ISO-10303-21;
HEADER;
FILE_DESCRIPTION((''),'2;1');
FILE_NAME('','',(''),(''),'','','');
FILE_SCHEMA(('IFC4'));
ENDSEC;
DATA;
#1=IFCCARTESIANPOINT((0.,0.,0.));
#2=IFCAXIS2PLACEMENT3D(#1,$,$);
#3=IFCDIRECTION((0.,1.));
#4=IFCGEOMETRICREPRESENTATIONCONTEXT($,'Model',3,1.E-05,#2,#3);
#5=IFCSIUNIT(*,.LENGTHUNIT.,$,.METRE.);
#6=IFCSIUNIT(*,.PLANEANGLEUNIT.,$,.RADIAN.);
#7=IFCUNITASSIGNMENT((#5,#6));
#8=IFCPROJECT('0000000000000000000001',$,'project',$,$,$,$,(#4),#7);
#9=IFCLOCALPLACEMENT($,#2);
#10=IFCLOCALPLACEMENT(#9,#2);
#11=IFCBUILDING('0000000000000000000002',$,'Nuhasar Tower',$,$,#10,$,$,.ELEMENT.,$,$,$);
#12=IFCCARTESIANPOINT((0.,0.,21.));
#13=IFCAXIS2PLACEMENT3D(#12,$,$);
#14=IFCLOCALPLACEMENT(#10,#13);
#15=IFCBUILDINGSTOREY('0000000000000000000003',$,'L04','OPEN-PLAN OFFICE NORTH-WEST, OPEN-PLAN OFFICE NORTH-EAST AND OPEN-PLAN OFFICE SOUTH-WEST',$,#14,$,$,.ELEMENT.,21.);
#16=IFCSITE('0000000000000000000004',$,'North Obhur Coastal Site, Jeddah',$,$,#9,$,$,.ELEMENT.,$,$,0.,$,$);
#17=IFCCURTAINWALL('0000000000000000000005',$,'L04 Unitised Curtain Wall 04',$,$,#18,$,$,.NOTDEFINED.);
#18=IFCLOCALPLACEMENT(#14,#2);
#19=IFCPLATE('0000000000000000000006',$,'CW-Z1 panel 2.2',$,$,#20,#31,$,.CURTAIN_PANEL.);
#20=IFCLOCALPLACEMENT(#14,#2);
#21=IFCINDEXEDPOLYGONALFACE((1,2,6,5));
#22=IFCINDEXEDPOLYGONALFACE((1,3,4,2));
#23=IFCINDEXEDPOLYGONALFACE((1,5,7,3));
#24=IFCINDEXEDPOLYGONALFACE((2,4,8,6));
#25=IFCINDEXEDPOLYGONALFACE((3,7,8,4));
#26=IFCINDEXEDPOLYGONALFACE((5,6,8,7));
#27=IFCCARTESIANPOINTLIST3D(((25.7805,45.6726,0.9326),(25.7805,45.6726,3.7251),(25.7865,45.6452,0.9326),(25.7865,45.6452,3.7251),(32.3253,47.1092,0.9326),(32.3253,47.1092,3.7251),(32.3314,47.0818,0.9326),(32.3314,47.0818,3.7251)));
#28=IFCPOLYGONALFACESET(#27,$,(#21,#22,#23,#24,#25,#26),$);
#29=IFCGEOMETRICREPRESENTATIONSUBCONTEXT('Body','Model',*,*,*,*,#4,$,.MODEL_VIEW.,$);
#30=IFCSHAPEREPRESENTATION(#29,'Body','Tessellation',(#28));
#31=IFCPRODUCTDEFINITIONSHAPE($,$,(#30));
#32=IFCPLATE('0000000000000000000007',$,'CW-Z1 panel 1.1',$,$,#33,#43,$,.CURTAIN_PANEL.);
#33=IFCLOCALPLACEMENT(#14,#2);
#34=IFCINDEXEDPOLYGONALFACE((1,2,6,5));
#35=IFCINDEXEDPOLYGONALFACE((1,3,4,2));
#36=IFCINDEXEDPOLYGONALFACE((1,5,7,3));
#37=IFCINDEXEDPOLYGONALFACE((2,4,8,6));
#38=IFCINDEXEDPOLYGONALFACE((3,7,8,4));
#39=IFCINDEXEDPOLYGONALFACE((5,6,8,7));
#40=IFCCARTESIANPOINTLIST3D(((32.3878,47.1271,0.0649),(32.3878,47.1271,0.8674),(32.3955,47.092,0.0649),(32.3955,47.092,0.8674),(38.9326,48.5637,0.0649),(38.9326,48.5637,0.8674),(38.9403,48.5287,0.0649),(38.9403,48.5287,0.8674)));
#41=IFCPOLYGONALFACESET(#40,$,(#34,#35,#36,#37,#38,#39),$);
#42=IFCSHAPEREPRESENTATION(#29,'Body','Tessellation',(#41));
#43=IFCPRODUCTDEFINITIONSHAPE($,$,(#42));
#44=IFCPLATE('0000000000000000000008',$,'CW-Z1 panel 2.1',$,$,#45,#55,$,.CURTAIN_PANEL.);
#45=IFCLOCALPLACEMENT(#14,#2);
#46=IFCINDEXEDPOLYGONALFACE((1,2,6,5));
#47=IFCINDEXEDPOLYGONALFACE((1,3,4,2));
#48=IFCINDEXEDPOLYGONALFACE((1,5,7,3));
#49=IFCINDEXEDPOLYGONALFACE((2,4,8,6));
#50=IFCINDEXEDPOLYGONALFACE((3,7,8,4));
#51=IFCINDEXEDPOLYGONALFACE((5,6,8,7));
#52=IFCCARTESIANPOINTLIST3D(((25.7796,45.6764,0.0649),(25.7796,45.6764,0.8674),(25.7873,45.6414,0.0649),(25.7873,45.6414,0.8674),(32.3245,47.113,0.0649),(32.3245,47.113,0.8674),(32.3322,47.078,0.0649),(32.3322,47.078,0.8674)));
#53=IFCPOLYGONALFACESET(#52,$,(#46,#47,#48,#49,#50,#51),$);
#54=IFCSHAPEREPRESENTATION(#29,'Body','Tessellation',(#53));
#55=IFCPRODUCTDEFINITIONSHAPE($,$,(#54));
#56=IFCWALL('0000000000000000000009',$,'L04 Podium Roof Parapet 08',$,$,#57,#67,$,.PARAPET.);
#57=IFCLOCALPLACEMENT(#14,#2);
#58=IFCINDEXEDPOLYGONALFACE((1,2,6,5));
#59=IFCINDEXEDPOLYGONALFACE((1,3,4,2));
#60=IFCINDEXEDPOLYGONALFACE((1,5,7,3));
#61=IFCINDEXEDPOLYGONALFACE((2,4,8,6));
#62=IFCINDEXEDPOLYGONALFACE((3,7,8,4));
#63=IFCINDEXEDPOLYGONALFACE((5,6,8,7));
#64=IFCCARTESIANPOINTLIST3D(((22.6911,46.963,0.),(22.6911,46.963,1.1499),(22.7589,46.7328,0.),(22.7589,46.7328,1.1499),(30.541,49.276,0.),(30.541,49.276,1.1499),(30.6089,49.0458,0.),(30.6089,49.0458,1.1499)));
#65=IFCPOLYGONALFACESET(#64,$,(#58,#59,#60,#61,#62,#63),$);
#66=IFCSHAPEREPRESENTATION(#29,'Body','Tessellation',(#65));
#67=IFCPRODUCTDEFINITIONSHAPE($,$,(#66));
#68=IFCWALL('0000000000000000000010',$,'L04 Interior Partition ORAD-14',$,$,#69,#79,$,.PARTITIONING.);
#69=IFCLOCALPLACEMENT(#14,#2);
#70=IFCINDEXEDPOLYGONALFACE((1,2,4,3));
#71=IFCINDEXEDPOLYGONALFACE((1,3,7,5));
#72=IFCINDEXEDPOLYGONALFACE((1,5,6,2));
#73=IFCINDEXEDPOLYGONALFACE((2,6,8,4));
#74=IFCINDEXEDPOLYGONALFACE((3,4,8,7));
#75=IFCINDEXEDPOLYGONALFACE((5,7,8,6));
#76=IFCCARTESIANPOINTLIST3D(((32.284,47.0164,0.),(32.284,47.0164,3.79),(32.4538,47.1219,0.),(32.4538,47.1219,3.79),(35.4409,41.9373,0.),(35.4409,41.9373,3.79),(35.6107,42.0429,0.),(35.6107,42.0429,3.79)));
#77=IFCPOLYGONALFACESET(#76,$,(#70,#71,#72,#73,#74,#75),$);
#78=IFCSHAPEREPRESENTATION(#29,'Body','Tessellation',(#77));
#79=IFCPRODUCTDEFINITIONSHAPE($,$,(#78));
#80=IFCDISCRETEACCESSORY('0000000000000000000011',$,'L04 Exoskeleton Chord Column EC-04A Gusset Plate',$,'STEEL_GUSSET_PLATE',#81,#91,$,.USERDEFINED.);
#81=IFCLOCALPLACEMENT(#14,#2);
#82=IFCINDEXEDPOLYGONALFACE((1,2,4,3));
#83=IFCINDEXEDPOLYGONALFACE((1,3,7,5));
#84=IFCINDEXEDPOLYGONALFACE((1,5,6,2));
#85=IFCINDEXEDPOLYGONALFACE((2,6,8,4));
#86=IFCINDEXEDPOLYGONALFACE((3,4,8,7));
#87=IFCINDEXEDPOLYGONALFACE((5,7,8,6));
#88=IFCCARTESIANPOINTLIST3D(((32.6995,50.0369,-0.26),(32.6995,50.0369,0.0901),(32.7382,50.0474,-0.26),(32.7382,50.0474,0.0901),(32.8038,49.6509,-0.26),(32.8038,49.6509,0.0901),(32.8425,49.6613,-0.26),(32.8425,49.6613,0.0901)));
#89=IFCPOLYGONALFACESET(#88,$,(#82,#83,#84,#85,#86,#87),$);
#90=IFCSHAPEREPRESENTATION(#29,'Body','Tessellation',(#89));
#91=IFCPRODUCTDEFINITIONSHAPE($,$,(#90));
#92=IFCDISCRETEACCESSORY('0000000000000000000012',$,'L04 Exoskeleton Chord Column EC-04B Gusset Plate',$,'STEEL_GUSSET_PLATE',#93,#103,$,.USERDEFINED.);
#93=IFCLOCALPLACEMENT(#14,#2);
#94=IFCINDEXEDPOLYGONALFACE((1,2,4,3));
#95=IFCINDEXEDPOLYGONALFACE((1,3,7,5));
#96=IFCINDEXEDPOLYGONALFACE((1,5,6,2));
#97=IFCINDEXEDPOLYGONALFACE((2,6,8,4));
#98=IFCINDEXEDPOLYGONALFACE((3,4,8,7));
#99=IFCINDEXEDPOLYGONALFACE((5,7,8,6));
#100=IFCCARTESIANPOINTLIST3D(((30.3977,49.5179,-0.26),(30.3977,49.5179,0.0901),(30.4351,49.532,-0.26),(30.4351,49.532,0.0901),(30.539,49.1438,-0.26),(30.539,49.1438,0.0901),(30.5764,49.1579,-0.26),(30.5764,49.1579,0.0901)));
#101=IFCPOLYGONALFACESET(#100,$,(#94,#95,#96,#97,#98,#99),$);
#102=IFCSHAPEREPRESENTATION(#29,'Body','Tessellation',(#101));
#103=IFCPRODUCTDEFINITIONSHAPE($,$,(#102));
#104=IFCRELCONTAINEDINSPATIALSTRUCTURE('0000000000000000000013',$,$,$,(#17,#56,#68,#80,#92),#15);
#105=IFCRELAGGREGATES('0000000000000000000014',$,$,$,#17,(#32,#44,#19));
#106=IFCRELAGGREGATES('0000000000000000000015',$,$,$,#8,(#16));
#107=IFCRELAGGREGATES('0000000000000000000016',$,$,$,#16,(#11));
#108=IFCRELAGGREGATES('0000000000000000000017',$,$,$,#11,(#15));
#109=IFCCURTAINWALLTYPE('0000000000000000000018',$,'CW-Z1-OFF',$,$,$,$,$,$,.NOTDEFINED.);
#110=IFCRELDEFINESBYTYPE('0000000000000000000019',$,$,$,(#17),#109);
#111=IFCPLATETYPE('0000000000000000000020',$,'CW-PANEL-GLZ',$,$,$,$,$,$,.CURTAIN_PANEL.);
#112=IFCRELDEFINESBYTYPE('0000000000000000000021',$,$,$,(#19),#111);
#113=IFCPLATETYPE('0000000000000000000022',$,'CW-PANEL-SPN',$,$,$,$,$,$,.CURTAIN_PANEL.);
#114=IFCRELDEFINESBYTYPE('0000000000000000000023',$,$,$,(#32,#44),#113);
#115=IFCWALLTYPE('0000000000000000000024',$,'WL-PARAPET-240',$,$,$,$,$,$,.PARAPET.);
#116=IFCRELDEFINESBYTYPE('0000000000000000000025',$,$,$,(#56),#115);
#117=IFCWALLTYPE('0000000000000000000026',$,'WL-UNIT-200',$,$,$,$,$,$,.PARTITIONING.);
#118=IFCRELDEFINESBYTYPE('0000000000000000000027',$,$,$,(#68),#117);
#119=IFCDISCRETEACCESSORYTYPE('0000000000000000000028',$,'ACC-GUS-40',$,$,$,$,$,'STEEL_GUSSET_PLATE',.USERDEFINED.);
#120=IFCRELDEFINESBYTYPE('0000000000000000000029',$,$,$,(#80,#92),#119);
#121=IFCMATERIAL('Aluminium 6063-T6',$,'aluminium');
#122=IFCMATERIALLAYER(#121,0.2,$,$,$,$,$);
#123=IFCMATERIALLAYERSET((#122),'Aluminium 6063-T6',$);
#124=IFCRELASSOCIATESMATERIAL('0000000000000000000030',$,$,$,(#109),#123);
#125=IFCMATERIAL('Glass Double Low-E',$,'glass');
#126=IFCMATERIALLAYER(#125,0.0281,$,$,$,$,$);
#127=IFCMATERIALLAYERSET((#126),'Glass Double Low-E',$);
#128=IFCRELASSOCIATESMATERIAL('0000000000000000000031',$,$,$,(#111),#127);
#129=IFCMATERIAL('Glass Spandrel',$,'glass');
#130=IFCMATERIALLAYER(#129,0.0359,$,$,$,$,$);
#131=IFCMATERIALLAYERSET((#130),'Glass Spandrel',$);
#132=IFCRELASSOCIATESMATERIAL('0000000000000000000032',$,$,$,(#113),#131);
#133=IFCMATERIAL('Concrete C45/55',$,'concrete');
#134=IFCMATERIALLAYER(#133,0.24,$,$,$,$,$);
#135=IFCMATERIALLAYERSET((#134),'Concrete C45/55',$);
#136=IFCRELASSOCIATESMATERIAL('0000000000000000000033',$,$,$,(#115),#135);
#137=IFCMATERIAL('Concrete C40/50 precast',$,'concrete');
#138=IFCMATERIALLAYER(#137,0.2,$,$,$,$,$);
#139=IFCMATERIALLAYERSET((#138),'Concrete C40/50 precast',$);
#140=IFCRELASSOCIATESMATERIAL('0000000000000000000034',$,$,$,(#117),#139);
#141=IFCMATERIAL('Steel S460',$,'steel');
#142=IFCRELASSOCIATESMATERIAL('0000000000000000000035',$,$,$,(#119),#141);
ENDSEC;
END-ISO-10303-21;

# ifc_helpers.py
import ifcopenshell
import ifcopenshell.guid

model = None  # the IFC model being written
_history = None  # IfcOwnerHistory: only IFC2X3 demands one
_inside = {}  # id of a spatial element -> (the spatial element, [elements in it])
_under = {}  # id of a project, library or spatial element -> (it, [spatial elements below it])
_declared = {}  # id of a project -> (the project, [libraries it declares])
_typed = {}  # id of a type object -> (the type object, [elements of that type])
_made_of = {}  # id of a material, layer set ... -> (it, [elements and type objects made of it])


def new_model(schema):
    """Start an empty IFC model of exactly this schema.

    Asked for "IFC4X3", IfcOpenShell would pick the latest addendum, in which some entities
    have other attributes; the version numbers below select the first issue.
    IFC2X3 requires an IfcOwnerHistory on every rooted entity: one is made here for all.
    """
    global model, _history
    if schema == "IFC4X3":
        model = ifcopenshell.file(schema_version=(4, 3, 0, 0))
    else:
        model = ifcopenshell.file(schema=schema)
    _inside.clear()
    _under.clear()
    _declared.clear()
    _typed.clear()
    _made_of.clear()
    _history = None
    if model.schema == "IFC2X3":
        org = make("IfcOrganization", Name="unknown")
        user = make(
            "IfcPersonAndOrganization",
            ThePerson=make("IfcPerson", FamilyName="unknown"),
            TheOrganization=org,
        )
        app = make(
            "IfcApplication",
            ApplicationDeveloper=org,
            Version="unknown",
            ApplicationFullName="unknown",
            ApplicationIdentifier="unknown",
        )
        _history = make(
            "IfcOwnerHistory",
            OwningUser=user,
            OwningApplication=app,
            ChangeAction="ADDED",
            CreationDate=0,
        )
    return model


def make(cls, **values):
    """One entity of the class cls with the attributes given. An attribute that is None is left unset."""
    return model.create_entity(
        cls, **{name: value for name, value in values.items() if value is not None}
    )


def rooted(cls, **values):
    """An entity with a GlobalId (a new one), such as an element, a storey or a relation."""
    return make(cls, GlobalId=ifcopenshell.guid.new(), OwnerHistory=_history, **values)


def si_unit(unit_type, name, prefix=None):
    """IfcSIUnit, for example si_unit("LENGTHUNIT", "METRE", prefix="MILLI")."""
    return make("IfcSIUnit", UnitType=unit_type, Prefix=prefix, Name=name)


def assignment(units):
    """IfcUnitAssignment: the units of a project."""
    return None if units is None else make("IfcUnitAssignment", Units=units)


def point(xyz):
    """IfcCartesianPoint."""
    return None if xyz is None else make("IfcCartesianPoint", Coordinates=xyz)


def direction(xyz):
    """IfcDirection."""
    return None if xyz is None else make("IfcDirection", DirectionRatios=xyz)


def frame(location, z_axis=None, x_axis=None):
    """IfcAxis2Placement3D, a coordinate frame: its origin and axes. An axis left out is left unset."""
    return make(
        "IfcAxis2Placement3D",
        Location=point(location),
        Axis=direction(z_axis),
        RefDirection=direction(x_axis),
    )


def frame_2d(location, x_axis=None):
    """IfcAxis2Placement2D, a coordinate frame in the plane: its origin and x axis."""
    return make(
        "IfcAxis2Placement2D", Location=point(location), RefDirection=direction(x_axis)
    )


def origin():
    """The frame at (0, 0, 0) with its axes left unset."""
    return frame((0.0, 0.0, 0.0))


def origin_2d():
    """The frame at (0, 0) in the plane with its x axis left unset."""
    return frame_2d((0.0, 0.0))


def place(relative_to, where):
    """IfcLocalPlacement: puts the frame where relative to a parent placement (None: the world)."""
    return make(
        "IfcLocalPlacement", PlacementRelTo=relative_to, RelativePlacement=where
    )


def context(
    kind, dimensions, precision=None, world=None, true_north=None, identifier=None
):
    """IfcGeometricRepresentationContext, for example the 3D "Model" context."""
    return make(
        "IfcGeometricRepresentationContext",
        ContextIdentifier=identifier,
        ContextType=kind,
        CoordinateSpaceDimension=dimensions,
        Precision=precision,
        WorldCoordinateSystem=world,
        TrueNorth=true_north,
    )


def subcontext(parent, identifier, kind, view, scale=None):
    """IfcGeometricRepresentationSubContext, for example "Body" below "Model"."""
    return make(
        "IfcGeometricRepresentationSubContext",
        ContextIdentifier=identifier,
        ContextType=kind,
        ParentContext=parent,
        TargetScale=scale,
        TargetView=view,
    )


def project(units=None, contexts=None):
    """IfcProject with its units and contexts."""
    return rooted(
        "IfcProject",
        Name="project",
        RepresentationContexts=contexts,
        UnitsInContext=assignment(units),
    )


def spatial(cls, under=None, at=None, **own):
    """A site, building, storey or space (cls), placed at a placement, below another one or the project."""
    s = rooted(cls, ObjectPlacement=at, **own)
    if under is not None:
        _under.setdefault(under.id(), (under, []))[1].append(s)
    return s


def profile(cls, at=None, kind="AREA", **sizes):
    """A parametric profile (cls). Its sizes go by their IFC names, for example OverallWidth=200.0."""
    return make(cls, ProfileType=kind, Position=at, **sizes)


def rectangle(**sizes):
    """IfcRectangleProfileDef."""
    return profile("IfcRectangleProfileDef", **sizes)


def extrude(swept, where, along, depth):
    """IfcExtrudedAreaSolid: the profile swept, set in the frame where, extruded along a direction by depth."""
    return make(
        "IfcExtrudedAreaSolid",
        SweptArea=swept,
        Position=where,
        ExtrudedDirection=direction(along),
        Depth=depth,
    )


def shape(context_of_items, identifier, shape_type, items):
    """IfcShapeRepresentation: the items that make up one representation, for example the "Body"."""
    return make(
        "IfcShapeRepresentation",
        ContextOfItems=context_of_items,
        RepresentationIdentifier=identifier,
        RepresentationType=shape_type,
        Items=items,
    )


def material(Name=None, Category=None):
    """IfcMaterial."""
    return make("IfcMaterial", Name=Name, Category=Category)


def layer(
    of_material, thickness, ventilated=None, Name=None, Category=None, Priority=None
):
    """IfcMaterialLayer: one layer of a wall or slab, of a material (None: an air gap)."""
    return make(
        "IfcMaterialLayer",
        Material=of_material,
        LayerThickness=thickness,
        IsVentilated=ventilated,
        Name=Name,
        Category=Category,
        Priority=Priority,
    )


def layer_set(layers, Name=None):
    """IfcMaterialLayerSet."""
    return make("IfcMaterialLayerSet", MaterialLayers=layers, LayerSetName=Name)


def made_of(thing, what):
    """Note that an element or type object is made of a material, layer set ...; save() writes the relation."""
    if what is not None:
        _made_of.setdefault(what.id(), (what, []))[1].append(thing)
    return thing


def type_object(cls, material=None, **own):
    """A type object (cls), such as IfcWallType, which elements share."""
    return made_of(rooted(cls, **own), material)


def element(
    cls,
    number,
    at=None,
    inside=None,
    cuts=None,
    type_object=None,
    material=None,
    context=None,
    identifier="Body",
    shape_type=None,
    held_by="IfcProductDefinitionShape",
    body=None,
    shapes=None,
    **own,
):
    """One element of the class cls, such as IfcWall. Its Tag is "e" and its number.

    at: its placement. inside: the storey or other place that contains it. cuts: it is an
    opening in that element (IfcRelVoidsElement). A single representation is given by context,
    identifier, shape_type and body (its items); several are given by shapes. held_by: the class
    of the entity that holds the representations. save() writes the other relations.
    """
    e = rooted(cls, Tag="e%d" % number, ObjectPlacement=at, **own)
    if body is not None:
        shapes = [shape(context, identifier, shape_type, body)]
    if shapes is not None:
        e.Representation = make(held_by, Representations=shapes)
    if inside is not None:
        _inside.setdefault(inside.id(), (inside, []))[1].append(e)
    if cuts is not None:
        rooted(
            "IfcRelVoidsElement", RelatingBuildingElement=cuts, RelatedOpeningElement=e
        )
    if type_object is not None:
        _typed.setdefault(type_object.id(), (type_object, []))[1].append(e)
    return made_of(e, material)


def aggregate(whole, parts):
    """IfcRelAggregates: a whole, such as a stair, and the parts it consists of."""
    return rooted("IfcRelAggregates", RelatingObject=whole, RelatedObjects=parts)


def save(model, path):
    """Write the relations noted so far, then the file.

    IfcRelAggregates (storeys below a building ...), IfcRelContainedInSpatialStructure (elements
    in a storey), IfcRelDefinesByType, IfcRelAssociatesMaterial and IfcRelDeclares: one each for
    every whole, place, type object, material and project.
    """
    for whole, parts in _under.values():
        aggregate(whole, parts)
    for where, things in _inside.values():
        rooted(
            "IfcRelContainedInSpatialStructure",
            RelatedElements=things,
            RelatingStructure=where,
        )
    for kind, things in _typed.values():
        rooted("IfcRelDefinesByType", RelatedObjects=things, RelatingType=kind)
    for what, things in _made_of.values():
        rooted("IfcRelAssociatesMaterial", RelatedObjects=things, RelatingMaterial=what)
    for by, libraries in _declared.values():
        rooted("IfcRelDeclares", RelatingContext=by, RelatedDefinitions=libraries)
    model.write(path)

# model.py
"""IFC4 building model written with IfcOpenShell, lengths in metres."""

from ifc_helpers import new_model, si_unit, direction, frame, frame_2d, origin, origin_2d, place, context, subcontext, project, spatial, rectangle, extrude, material, layer, layer_set, type_object, element, aggregate, save


model = new_model("IFC4")

# Units and contexts
model_context = context("Model", 3, precision=1e-05, world=origin(), true_north=direction((0.0, 1.0)))
body_context = subcontext(model_context, "Body", "Model", "MODEL_VIEW")
ifc_project = project(units=[si_unit("LENGTHUNIT", "METRE"), si_unit("PLANEANGLEUNIT", "RADIAN")], contexts=[model_context])

# Site, building, storey
site_placement = place(None, origin())
site = spatial("IfcSite", under=ifc_project, at=site_placement, Name="North Obhur Coastal Site, Jeddah", CompositionType="ELEMENT", RefElevation=0.0)
building_placement = place(site_placement, origin())
building = spatial("IfcBuilding", under=site, at=building_placement, Name="Nuhasar Tower", CompositionType="ELEMENT")
storey_placement = place(building_placement, frame((0.0, 0.0, 21.0)))
storey = spatial("IfcBuildingStorey", under=building, at=storey_placement, Name="L04", Description="OPEN-PLAN OFFICE NORTH-WEST, OPEN-PLAN OFFICE NORTH-EAST AND OPEN-PLAN OFFICE SOUTH-WEST", CompositionType="ELEMENT", Elevation=21.0)

# Shared definitions
ifc_material_1 = material(Name="Steel S460", Category="steel")

# Curtain wall
ifc_material_2 = material(Name="Aluminium 6063-T6", Category="aluminium")
ifc_layer_1 = layer(ifc_material_2, 0.2)
ifc_layer_set_1 = layer_set([ifc_layer_1], Name="Aluminium 6063-T6")
curtain_wall_type = type_object("IfcCurtainWallType", Name="CW-Z1-OFF", PredefinedType="NOTDEFINED", material=ifc_layer_set_1)
curtain_wall_placement = place(storey_placement, origin())
curtain_wall = element("IfcCurtainWall", 1, at=curtain_wall_placement, inside=storey, type_object=curtain_wall_type, Name="L04 Unitised Curtain Wall 04", PredefinedType="NOTDEFINED")

# Plates
ifc_material_3 = material(Name="Glass Double Low-E", Category="glass")
ifc_layer_2 = layer(ifc_material_3, 0.0281)
ifc_layer_set_2 = layer_set([ifc_layer_2], Name="Glass Double Low-E")
plate_type_1 = type_object("IfcPlateType", Name="CW-PANEL-GLZ", PredefinedType="CURTAIN_PANEL", material=ifc_layer_set_2)
plate_1_placement = place(storey_placement, frame((29.0559, 46.3772, 0.9326), z_axis=(0.0, 0.0, 1.0), x_axis=(-0.976746, -0.214399, 0.0)))
plate_1 = element("IfcPlate", 2, at=plate_1_placement, type_object=plate_type_1, Name="CW-Z1 panel 2.2", PredefinedType="CURTAIN_PANEL", context=body_context, shape_type="SweptSolid", body=[
    extrude(rectangle(XDim=6.7007, YDim=0.0281, at=origin_2d()), origin(), (0.0, 0.0, 1.0), 2.7925),
])
ifc_material_4 = material(Name="Glass Spandrel", Category="glass")
ifc_layer_3 = layer(ifc_material_4, 0.0359)
ifc_layer_set_3 = layer_set([ifc_layer_3], Name="Glass Spandrel")
plate_type_2 = type_object("IfcPlateType", Name="CW-PANEL-SPN", PredefinedType="CURTAIN_PANEL", material=ifc_layer_set_3)
plate_2_placement = place(storey_placement, frame((35.6641, 47.8279, 0.0649), z_axis=(0.0, 0.0, 1.0), x_axis=(-0.976746, -0.214399, 0.0)))
plate_2 = element("IfcPlate", 3, at=plate_2_placement, type_object=plate_type_2, Name="CW-Z1 panel 1.1", PredefinedType="CURTAIN_PANEL", context=body_context, shape_type="SweptSolid", body=[
    extrude(rectangle(XDim=6.7007, YDim=0.0359, at=origin_2d()), origin(), (0.0, 0.0, 1.0), 0.8025),
])
plate_3_placement = place(storey_placement, frame((29.0559, 46.3772, 0.0649), z_axis=(0.0, 0.0, 1.0), x_axis=(-0.976746, -0.214399, 0.0)))
plate_3 = element("IfcPlate", 4, at=plate_3_placement, type_object=plate_type_2, Name="CW-Z1 panel 2.1", PredefinedType="CURTAIN_PANEL", context=body_context, shape_type="SweptSolid", body=[
    extrude(rectangle(XDim=6.7007, YDim=0.0359, at=origin_2d()), origin(), (0.0, 0.0, 1.0), 0.8025),
])
aggregate(curtain_wall, [plate_2, plate_3, plate_1])

# Walls
ifc_material_5 = material(Name="Concrete C45/55", Category="concrete")
ifc_layer_4 = layer(ifc_material_5, 0.24)
ifc_layer_set_4 = layer_set([ifc_layer_4], Name="Concrete C45/55")
wall_type_1 = type_object("IfcWallType", Name="WL-PARAPET-240", PredefinedType="PARAPET", material=ifc_layer_set_4)
wall_1_placement = place(storey_placement, frame((30.575, 49.1609, 0.0), z_axis=(0.0, 0.0, 1.0), x_axis=(-0.959226, -0.28264, 0.0)))
element("IfcWall", 5, at=wall_1_placement, inside=storey, type_object=wall_type_1, Name="L04 Podium Roof Parapet 08", PredefinedType="PARAPET", context=body_context, shape_type="SweptSolid", body=[
    extrude(rectangle(XDim=8.1836, YDim=0.24, at=frame_2d((4.0918, 0.0))), origin(), (0.0, 0.0, 1.0), 1.1499),
])
ifc_material_6 = material(Name="Concrete C40/50 precast", Category="concrete")
ifc_layer_5 = layer(ifc_material_6, 0.2)
ifc_layer_set_5 = layer_set([ifc_layer_5], Name="Concrete C40/50 precast")
wall_type_2 = type_object("IfcWallType", Name="WL-UNIT-200", PredefinedType="PARTITIONING", material=ifc_layer_set_5)
wall_2_placement = place(storey_placement, frame((35.5259, 41.99, 0.0), z_axis=(0.0, 0.0, 1.0), x_axis=(-0.527898, 0.849308, 0.0)))
element("IfcWall", 6, at=wall_2_placement, inside=storey, type_object=wall_type_2, Name="L04 Interior Partition ORAD-14", PredefinedType="PARTITIONING", context=body_context, shape_type="SweptSolid", body=[
    extrude(rectangle(XDim=5.9802, YDim=0.2, at=frame_2d((2.9902, 0.0))), origin(), (0.0, 0.0, 1.0), 3.79),
])

# Discrete accessories
discrete_accessory_type = type_object("IfcDiscreteAccessoryType", Name="ACC-GUS-40", ElementType="STEEL_GUSSET_PLATE", PredefinedType="USERDEFINED", material=ifc_material_1)
for number, where, z_axis, x_axis, name in (
    (7, (32.771, 49.8491, -0.26), (0.0, 0.0, 1.0), (-0.260909, 0.965363, 0.0), "L04 Exoskeleton Chord Column EC-04A Gusset Plate"),
    (8, (30.4871, 49.3379, -0.26), (0.0, 0.0, 1.0), (-0.353344, 0.935493, 0.0), "L04 Exoskeleton Chord Column EC-04B Gusset Plate"),
):
    element("IfcDiscreteAccessory", number, at=place(storey_placement, frame(where, z_axis=z_axis, x_axis=x_axis)), inside=storey, type_object=discrete_accessory_type, Name=name, ObjectType="STEEL_GUSSET_PLATE", PredefinedType="USERDEFINED", context=body_context, shape_type="SweptSolid", body=[
        extrude(rectangle(XDim=0.3999, YDim=0.04, at=origin_2d()), origin(), (0.0, 0.0, 1.0), 0.3501),
    ])

save(model, "model.ifc")
